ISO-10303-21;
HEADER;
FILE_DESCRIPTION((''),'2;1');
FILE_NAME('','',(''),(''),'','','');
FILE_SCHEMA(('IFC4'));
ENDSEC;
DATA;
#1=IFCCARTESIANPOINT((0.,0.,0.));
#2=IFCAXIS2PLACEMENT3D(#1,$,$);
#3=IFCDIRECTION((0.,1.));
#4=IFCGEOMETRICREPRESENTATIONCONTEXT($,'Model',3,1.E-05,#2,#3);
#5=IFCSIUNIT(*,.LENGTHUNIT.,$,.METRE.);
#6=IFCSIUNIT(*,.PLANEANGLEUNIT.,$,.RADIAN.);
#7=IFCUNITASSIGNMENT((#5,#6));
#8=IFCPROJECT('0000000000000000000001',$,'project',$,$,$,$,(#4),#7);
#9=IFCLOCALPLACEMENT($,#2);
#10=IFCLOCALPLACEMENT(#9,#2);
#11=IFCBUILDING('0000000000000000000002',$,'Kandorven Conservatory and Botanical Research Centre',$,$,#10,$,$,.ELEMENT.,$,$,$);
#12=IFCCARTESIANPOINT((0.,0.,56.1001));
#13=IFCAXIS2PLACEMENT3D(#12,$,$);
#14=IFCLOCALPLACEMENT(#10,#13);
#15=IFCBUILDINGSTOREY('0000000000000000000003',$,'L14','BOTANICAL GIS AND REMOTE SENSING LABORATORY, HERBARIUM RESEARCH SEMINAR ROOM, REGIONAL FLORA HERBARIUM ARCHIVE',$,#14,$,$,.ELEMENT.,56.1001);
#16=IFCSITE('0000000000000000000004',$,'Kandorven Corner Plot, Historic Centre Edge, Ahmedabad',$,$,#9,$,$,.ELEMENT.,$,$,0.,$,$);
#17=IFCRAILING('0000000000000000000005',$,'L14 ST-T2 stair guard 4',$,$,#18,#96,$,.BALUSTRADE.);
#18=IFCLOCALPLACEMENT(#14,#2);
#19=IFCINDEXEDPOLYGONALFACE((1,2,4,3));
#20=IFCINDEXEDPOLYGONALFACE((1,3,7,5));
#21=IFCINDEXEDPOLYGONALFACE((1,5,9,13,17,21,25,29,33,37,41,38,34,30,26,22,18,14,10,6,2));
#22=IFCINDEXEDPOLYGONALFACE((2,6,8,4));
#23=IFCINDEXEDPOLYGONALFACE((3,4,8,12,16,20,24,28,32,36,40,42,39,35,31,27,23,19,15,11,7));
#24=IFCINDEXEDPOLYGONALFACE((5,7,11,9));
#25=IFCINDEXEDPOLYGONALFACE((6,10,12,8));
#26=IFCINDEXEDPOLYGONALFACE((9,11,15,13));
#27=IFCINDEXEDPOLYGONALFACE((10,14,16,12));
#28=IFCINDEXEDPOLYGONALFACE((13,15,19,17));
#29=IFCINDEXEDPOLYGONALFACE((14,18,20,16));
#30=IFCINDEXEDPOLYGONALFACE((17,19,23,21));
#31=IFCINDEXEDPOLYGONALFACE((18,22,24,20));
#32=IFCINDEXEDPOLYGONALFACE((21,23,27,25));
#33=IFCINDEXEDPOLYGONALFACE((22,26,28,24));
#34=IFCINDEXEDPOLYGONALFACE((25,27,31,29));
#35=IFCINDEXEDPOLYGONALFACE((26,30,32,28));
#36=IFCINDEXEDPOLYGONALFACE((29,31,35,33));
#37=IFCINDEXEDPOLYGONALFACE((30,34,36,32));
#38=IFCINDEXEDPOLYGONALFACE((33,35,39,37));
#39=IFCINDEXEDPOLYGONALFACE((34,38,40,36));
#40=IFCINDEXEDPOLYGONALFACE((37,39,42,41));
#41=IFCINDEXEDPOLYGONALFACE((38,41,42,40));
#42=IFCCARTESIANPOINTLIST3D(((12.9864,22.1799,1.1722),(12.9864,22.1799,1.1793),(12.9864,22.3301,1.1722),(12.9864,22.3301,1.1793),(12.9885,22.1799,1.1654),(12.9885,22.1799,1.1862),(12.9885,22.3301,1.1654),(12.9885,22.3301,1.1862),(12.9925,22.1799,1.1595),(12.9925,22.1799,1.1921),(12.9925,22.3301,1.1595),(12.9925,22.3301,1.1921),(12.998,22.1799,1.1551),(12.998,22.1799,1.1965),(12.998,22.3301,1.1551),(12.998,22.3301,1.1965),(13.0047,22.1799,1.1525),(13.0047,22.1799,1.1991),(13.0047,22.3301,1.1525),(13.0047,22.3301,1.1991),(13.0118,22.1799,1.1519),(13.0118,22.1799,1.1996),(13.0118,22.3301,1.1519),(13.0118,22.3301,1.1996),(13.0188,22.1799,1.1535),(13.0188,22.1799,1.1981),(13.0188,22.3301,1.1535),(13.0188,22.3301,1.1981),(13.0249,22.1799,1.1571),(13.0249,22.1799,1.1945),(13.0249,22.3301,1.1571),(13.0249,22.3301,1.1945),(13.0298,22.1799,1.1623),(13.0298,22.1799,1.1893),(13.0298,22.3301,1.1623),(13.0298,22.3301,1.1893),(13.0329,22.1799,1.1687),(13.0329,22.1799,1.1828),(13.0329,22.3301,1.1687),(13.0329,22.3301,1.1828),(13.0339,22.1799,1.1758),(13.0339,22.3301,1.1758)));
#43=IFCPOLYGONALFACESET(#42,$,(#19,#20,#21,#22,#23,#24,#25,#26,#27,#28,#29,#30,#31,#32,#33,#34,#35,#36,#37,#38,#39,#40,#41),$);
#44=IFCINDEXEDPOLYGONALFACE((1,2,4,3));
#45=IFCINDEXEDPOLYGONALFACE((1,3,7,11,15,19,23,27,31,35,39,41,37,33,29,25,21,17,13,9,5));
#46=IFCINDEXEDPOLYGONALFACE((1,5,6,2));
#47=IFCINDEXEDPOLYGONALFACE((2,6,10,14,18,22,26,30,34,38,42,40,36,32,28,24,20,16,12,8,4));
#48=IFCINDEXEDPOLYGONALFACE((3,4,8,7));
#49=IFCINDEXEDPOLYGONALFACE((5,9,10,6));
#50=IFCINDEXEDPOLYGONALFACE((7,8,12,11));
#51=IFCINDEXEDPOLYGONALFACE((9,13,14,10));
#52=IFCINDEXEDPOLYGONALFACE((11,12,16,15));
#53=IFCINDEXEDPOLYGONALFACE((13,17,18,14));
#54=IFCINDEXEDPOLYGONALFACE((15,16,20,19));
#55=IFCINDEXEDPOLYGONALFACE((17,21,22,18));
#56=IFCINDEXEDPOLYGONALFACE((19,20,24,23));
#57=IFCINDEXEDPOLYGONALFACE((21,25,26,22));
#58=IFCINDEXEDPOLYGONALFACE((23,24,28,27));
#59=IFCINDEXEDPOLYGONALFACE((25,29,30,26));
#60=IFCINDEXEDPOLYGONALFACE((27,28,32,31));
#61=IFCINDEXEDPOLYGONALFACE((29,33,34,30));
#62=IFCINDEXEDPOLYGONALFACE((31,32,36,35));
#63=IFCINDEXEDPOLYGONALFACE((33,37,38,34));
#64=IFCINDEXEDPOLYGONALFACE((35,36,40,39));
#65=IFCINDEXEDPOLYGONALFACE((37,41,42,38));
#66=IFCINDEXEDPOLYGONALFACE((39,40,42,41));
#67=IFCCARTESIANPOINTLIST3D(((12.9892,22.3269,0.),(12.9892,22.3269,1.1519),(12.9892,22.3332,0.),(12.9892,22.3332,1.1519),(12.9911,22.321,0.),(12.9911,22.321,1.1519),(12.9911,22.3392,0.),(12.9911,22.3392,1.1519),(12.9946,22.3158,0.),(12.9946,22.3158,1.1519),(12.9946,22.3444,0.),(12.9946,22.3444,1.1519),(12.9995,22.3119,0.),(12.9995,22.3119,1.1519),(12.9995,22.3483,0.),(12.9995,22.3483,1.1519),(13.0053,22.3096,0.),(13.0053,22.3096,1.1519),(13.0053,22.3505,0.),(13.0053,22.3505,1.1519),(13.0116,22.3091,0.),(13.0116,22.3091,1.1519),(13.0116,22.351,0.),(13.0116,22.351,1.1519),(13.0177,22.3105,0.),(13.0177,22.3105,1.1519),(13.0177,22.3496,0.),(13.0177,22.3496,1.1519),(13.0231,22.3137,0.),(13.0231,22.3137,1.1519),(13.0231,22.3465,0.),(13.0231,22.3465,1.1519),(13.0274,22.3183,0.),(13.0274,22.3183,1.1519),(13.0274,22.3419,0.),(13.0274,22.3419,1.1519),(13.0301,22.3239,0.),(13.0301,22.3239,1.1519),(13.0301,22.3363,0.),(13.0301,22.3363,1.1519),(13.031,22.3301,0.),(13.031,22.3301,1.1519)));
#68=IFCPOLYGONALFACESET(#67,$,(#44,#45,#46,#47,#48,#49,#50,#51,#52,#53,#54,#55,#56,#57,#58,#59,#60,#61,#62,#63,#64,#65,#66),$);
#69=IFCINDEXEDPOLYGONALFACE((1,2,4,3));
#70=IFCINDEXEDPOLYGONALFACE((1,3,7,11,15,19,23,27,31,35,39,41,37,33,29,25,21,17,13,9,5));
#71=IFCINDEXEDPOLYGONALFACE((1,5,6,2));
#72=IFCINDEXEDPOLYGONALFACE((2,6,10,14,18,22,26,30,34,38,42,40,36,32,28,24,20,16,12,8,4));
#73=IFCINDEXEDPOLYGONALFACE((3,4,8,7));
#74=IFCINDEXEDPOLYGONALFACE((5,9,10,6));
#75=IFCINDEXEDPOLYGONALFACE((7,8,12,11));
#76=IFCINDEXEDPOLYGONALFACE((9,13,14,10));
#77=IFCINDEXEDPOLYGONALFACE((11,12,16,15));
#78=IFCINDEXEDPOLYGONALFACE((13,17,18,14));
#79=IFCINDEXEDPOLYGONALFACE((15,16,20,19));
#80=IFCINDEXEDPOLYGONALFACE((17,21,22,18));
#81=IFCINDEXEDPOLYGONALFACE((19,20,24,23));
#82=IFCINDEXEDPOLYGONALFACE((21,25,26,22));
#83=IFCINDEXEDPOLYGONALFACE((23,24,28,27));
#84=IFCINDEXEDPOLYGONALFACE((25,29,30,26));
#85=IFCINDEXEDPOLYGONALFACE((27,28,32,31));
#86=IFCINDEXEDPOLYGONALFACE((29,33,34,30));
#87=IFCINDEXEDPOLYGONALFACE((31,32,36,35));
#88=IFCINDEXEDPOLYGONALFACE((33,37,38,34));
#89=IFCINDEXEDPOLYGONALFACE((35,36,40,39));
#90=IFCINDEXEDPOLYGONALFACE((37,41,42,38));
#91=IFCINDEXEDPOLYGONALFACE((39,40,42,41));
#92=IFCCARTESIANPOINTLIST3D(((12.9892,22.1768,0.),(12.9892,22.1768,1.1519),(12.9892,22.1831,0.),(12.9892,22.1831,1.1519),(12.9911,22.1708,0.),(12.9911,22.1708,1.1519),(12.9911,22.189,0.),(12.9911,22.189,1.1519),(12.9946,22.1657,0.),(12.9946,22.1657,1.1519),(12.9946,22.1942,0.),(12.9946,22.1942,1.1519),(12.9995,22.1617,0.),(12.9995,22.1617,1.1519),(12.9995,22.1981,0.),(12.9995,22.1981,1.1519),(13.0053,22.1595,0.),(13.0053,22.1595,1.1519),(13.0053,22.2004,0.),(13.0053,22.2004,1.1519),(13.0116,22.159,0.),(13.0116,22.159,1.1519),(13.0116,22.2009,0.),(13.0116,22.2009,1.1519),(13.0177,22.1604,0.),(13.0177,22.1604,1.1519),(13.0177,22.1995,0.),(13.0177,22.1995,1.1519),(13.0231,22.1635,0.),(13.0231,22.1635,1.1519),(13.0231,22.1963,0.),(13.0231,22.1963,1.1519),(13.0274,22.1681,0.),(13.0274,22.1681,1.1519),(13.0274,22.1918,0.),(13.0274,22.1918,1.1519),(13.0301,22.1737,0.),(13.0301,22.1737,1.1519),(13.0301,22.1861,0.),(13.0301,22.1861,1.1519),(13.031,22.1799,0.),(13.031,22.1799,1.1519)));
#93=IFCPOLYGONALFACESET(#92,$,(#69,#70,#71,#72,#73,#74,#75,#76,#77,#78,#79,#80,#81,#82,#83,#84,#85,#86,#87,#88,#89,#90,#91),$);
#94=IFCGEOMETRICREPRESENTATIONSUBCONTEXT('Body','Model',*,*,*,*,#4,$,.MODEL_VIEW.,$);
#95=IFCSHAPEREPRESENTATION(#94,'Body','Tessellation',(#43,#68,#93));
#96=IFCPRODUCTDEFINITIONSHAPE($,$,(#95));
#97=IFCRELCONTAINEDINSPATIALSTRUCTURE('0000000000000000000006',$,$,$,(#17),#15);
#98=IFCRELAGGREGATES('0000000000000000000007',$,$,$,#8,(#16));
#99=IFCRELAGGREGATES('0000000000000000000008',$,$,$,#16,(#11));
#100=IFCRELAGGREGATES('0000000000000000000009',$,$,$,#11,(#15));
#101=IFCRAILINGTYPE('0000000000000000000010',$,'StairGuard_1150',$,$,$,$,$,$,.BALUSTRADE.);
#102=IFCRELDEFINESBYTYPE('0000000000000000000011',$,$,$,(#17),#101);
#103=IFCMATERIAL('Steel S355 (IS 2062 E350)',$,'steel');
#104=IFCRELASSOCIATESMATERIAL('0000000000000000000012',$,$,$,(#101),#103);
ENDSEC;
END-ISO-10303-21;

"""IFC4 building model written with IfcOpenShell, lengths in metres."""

from ifc_helpers import new_model, si_unit, direction, frame, origin, origin_2d, place, context, subcontext, project, spatial, circle, extrude, material, type_object, element, save


model = new_model("IFC4")

# Units and contexts
model_context = context("Model", 3, precision=1e-05, world=origin(), true_north=direction((0.0, 1.0)))
body_context = subcontext(model_context, "Body", "Model", "MODEL_VIEW")
ifc_project = project(units=[si_unit("LENGTHUNIT", "METRE"), si_unit("PLANEANGLEUNIT", "RADIAN")], contexts=[model_context])

# Site, building, storey
site_placement = place(None, origin())
site = spatial("IfcSite", under=ifc_project, at=site_placement, Name="Kandorven Corner Plot, Historic Centre Edge, Ahmedabad", CompositionType="ELEMENT", RefElevation=0.0)
building_placement = place(site_placement, origin())
building = spatial("IfcBuilding", under=site, at=building_placement, Name="Kandorven Conservatory and Botanical Research Centre", CompositionType="ELEMENT")
storey_placement = place(building_placement, frame((0.0, 0.0, 56.1001)))
storey = spatial("IfcBuildingStorey", under=building, at=storey_placement, Name="L14", Description="BOTANICAL GIS AND REMOTE SENSING LABORATORY, HERBARIUM RESEARCH SEMINAR ROOM, REGIONAL FLORA HERBARIUM ARCHIVE", CompositionType="ELEMENT", Elevation=56.1001)

# Railing
ifc_material_1 = material(Name="Steel S355 (IS 2062 E350)", Category="steel")
railing_type_1 = type_object("IfcRailingType", Name="StairGuard_1150", PredefinedType="BALUSTRADE", material=ifc_material_1)
railing_1_placement = place(storey_placement, frame((13.01, 22.3301, 0.0)))
element("IfcRailing", 1, at=railing_1_placement, inside=storey, type_object=railing_type_1, Name="L14 ST-T2 stair guard 4", PredefinedType="BALUSTRADE", context=body_context, shape_type="SweptSolid", body=[
    extrude(circle(Radius=0.0239, at=origin_2d()), frame((0.0, 0.0, 1.1758), z_axis=(0.0, -1.0, 0.0), x_axis=(1.0, 0.0, 0.0)), (0.0, 0.0, 1.0), 0.1501),
    extrude(circle(Radius=0.021, at=origin_2d()), origin(), (0.0, 0.0, 1.0), 1.1519),
    extrude(circle(Radius=0.021, at=origin_2d()), frame((0.0, -0.1501, 0.0)), (0.0, 0.0, 1.0), 1.1519),
])

save(model, "model.ifc")
